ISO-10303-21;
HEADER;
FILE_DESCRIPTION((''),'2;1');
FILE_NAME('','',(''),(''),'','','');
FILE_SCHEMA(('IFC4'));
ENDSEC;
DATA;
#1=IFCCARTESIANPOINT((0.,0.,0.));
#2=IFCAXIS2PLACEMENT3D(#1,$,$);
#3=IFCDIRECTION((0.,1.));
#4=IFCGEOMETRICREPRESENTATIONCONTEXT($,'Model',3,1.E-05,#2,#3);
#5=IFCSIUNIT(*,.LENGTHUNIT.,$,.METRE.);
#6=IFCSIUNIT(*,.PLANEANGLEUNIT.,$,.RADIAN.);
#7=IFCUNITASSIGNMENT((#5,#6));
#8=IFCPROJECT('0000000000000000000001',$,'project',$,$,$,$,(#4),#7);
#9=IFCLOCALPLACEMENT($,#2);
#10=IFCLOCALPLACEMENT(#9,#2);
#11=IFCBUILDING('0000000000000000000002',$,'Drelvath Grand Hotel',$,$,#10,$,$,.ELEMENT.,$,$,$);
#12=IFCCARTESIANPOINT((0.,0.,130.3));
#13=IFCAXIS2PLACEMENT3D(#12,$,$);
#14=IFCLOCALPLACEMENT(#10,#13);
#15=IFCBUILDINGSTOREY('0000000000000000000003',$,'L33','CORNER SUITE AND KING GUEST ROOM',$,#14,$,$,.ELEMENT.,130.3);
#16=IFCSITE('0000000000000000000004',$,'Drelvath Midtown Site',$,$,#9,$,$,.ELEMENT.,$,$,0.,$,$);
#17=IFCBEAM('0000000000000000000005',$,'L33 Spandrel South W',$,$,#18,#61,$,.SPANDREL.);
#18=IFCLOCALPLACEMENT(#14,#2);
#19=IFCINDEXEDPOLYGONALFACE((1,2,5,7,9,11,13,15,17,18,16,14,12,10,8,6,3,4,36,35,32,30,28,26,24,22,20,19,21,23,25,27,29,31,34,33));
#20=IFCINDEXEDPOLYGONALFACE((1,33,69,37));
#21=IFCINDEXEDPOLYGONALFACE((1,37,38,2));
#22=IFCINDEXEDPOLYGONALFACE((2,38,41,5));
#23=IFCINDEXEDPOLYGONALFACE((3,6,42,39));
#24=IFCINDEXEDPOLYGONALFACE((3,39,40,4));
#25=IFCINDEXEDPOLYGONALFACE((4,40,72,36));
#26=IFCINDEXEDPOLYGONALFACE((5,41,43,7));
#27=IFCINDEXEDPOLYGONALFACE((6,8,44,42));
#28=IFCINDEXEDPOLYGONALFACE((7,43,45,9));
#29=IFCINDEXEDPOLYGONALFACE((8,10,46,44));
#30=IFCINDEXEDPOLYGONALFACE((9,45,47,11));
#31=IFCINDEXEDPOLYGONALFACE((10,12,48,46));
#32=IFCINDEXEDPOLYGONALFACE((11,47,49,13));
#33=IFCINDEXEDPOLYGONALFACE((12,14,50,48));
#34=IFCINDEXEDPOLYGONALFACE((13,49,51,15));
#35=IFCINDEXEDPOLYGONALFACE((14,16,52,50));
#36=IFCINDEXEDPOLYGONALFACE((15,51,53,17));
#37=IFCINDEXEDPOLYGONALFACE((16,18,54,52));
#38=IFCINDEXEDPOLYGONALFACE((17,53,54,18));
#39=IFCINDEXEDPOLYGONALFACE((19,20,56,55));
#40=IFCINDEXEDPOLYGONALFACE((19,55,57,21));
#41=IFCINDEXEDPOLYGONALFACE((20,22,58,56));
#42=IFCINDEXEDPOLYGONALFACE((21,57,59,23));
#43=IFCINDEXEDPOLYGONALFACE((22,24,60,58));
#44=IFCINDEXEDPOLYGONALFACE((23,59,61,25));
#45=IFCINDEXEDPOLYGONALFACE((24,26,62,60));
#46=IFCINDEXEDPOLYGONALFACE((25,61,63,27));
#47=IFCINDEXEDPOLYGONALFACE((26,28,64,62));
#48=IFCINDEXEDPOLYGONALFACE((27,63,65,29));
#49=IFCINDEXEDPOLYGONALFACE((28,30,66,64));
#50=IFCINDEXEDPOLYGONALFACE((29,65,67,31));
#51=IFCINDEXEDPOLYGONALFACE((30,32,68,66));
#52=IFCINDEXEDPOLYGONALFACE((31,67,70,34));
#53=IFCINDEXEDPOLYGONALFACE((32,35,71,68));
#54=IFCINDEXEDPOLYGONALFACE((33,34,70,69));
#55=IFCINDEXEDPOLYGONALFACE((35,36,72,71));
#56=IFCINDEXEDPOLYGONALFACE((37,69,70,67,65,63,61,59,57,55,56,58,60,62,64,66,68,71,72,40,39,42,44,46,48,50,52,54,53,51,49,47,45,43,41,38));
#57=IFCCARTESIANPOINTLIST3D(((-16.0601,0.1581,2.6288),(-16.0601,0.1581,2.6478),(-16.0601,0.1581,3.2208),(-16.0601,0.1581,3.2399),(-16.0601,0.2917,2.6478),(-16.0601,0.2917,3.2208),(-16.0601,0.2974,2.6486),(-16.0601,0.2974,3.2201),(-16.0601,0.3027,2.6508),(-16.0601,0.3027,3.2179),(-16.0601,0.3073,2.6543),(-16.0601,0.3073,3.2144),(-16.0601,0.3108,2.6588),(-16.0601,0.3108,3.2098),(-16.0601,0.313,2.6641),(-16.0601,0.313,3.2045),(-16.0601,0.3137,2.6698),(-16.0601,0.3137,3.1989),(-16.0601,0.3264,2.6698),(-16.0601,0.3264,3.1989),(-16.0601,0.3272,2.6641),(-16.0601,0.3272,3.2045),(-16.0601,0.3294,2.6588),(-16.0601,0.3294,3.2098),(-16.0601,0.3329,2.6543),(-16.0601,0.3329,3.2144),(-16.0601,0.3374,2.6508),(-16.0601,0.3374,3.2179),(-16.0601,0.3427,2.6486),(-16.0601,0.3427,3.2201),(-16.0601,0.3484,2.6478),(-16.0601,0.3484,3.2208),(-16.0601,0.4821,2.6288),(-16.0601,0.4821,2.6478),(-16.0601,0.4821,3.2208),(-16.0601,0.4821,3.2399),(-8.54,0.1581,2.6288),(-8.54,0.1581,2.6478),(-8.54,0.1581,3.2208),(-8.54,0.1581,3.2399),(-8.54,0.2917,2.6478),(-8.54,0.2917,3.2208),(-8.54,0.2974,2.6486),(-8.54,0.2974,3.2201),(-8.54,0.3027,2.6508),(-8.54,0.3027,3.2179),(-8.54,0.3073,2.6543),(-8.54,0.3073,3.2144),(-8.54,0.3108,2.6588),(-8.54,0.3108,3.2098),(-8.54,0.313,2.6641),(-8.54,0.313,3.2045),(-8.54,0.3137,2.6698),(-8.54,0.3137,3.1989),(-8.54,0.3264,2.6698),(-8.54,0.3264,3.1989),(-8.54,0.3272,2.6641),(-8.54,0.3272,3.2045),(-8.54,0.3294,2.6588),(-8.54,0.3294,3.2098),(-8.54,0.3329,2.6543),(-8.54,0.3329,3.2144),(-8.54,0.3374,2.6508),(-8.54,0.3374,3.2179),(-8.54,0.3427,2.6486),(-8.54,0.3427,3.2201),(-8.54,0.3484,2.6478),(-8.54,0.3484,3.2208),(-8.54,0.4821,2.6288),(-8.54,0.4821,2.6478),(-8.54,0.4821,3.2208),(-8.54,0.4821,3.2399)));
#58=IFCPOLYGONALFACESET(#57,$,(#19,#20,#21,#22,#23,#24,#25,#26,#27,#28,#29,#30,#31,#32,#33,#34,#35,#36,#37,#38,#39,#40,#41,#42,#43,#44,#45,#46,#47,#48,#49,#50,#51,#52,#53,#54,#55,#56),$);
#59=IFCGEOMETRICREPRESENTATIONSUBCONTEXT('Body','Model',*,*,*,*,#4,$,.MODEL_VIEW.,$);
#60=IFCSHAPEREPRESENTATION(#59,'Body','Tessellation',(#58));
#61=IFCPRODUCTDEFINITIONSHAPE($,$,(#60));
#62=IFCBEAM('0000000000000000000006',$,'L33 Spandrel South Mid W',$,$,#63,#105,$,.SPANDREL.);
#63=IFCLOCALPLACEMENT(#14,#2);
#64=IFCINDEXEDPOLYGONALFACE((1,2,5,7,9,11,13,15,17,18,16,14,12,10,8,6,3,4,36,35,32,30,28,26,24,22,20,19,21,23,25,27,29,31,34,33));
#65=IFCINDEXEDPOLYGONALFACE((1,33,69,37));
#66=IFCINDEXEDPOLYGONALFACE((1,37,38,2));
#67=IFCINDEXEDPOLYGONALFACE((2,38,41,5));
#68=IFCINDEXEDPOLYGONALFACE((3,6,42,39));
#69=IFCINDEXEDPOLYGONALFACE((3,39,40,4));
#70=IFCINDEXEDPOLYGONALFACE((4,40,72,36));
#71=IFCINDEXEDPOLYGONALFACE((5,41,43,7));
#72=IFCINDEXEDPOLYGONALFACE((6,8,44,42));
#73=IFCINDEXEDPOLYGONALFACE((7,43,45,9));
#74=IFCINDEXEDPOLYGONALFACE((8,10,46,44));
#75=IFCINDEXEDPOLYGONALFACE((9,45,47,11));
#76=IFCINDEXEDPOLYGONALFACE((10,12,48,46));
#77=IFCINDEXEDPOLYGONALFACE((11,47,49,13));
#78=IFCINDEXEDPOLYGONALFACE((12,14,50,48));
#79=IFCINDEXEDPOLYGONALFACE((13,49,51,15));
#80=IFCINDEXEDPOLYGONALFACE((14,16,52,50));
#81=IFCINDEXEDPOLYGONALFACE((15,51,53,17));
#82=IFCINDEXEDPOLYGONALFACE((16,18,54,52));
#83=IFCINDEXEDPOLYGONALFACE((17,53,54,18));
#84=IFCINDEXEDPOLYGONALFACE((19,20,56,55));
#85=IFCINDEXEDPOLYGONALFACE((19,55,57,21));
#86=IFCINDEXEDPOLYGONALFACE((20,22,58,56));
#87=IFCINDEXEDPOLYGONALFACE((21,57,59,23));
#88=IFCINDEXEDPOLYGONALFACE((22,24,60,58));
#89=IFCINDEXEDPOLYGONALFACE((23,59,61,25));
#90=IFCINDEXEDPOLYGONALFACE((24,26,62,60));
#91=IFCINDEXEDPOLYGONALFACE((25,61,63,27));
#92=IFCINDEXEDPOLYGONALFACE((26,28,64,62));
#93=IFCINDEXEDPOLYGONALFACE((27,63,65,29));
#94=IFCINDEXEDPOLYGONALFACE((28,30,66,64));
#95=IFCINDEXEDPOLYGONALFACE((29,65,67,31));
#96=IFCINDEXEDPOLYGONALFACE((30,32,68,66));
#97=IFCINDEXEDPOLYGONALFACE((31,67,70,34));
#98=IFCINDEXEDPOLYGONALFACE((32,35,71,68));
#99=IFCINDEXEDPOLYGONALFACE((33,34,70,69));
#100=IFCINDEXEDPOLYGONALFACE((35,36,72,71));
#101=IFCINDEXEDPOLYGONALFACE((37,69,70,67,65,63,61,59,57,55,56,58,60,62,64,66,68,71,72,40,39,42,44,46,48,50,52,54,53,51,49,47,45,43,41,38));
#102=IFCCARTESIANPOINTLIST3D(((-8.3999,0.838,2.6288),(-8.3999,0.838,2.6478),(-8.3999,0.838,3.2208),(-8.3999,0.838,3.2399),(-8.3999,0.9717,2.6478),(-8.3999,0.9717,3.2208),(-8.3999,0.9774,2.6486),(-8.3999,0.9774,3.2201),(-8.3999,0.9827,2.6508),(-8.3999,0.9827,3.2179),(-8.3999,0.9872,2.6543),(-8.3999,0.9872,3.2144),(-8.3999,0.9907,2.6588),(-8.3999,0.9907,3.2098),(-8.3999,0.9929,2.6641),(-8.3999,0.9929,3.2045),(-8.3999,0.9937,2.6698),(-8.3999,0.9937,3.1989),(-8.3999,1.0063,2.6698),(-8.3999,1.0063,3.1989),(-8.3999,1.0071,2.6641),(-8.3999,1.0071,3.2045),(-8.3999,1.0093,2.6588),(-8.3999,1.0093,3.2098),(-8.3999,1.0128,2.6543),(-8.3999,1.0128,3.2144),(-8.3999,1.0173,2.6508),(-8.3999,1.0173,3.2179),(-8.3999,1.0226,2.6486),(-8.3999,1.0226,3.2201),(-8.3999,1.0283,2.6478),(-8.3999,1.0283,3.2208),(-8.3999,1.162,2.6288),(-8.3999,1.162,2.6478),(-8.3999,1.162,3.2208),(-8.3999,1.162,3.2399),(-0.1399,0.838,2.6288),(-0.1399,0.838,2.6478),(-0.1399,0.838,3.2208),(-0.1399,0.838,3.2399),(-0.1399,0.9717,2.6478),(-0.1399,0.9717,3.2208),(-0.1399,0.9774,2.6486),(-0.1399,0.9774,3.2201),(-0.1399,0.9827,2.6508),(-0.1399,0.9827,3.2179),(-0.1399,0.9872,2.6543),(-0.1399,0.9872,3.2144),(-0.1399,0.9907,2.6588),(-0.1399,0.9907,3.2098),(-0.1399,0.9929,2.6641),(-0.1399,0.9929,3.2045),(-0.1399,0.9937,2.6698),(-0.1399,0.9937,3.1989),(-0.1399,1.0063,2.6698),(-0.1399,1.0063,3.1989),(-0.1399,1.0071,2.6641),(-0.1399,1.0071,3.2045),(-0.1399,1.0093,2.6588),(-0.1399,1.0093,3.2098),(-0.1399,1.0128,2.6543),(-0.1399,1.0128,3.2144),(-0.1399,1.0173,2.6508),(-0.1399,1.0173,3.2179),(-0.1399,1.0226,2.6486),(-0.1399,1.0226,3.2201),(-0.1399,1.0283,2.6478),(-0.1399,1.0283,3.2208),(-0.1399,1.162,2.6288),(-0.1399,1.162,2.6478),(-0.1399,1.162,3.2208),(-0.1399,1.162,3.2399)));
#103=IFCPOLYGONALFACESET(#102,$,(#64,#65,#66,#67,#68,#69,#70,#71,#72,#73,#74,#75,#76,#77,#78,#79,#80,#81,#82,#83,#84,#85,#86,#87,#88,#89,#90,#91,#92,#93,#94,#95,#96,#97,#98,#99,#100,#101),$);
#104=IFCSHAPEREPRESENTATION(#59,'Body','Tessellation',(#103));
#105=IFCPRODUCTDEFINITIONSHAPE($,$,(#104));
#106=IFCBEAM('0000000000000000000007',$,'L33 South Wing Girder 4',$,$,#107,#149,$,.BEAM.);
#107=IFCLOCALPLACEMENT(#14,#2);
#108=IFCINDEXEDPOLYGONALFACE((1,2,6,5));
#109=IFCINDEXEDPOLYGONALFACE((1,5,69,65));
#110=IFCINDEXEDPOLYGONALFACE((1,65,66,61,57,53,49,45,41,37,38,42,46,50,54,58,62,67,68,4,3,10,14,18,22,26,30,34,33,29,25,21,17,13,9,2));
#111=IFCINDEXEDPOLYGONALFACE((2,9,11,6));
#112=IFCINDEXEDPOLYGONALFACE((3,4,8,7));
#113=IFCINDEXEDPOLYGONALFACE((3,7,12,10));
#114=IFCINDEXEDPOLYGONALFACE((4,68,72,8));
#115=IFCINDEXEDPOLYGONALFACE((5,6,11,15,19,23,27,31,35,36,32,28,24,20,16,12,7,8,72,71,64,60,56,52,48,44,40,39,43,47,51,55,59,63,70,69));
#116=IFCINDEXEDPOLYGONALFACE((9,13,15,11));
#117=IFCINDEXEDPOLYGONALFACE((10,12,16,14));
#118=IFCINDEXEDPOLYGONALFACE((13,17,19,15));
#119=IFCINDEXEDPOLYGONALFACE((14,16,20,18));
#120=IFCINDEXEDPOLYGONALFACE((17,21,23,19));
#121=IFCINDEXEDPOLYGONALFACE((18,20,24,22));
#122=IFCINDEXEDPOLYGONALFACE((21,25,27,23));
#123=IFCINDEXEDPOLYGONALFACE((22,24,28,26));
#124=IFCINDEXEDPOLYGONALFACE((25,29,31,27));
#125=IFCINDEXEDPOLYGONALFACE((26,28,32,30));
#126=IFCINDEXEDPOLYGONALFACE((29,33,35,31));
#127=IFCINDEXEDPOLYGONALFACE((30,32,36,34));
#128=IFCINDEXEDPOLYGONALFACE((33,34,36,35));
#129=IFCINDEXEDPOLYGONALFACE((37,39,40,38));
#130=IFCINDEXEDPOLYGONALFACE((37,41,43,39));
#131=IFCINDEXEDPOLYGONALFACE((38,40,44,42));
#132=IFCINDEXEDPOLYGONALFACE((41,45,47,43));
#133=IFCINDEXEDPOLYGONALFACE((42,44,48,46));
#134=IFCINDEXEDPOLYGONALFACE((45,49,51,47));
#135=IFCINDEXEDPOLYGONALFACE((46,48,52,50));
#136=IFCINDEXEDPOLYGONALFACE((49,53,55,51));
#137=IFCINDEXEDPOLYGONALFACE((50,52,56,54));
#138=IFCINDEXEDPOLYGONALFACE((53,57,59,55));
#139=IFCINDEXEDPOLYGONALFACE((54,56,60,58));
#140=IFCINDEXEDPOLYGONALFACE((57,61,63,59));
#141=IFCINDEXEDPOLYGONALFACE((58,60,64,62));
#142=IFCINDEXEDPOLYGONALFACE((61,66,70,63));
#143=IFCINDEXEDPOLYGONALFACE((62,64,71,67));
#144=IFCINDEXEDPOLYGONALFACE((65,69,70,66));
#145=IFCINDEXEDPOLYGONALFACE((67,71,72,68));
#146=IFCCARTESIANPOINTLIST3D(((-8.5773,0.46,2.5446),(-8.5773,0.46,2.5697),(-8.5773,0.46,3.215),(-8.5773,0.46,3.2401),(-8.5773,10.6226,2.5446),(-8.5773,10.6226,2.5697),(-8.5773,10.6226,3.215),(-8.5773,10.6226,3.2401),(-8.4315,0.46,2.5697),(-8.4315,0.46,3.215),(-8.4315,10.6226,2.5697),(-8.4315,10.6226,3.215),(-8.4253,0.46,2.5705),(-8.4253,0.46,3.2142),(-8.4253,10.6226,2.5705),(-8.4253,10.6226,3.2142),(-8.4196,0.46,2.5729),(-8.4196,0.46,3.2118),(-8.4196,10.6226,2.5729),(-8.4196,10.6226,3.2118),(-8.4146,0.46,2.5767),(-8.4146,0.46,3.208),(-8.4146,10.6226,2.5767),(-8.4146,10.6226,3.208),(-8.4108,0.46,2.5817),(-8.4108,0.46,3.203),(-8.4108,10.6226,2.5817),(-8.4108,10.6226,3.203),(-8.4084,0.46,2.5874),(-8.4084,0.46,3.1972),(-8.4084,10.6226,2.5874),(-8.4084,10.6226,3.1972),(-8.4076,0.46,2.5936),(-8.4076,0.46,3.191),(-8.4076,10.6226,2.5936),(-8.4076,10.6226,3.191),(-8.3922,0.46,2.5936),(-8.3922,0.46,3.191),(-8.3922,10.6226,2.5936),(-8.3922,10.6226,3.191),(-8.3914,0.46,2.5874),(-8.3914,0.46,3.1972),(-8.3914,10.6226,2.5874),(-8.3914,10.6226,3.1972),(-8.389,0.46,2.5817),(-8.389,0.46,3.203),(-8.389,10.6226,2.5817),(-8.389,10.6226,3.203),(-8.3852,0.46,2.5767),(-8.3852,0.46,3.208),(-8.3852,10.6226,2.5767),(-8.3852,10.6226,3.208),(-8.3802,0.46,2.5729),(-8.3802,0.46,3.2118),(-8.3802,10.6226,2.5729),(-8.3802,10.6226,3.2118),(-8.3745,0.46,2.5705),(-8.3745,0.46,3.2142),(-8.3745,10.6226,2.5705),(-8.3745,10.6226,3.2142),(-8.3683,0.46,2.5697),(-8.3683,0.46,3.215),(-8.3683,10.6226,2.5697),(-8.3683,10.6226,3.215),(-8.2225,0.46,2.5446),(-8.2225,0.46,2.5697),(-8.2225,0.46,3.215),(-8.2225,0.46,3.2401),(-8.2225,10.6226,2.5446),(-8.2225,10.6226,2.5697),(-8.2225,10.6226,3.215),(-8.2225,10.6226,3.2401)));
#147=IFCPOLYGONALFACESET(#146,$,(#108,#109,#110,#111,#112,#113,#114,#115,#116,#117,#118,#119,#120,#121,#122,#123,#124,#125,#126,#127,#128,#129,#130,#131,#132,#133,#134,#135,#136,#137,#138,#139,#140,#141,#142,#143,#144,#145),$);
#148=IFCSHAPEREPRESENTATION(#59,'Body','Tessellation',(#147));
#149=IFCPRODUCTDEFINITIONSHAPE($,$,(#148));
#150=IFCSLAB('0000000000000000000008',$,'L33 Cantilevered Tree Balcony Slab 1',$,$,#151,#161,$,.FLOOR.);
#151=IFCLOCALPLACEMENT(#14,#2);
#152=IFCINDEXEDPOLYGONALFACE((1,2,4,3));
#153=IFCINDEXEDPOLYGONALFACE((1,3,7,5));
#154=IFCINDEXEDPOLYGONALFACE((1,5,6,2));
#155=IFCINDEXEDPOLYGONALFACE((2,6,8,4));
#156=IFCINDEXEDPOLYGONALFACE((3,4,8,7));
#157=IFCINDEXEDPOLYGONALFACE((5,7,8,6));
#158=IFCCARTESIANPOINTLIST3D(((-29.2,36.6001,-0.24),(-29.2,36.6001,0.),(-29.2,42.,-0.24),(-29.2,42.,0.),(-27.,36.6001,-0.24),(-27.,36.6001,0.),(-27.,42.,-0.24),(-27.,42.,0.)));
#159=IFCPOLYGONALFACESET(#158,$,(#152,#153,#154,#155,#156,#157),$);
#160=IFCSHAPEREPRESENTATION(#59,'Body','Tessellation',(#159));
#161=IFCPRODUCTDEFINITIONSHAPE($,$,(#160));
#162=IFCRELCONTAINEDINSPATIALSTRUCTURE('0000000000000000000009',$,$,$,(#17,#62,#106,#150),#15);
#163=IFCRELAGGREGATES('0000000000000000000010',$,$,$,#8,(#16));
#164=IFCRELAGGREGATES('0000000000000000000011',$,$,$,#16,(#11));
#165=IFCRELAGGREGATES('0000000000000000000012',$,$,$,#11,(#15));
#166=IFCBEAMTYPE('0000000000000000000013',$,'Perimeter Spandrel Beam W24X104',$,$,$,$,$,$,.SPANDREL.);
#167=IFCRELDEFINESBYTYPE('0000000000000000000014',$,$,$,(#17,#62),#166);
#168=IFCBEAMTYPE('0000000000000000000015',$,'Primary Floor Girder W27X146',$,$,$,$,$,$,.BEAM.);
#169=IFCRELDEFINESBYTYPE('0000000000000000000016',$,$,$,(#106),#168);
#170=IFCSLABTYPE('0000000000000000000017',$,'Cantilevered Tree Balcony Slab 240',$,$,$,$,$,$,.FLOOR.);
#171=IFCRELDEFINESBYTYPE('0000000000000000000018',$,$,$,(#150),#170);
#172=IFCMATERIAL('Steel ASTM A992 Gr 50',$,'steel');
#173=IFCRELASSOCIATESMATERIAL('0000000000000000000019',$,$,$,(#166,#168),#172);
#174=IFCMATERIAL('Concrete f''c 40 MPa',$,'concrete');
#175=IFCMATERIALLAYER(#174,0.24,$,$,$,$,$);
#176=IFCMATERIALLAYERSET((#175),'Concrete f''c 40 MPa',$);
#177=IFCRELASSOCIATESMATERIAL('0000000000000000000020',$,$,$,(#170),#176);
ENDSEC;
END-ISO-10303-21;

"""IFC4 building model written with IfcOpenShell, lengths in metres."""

from ifc_helpers import new_model, si_unit, direction, frame, origin, origin_2d, place, context, subcontext, project, spatial, polyline, i_section, outline, extrude, material, layer, layer_set, material_profile, profile_set, type_object, element, save


model = new_model("IFC4")

# Units and contexts
model_context = context("Model", 3, precision=1e-05, world=origin(), true_north=direction((0.0, 1.0)))
body_context = subcontext(model_context, "Body", "Model", "MODEL_VIEW")
ifc_project = project(units=[si_unit("LENGTHUNIT", "METRE"), si_unit("PLANEANGLEUNIT", "RADIAN")], contexts=[model_context])

# Site, building, storey
site_placement = place(None, origin())
site = spatial("IfcSite", under=ifc_project, at=site_placement, Name="Drelvath Midtown Site", CompositionType="ELEMENT", RefElevation=0.0)
building_placement = place(site_placement, origin())
building = spatial("IfcBuilding", under=site, at=building_placement, Name="Drelvath Grand Hotel", CompositionType="ELEMENT")
storey_placement = place(building_placement, frame((0.0, 0.0, 130.3)))
storey = spatial("IfcBuildingStorey", under=building, at=storey_placement, Name="L33", Description="CORNER SUITE AND KING GUEST ROOM", CompositionType="ELEMENT", Elevation=130.3)

# Beams
ifc_material_1 = material(Name="Steel ASTM A992 Gr 50", Category="steel")
ifc_material_profile_1 = material_profile(ifc_material_1, i_section(OverallWidth=0.324, OverallDepth=0.6111, WebThickness=0.0127, FlangeThickness=0.019, FilletRadius=0.022, at=origin_2d()), Name="W24X104")
ifc_profile_set_1 = profile_set([ifc_material_profile_1], Name="Steel ASTM A992 Gr 50")
beam_type_1 = type_object("IfcBeamType", Name="Perimeter Spandrel Beam W24X104", PredefinedType="SPANDREL", material=ifc_profile_set_1)
beam_1_placement = place(storey_placement, frame((-16.0601, 0.3201, 2.9343), z_axis=(1.0, 0.0, 0.0), x_axis=(0.0, 1.0, 0.0)))
element("IfcBeam", 1, at=beam_1_placement, inside=storey, type_object=beam_type_1, Name="L33 Spandrel South W", PredefinedType="SPANDREL", context=body_context, shape_type="SweptSolid", body=[
    extrude(i_section(OverallWidth=0.324, OverallDepth=0.6111, WebThickness=0.0127, FlangeThickness=0.019, FilletRadius=0.022, at=origin_2d()), origin(), (0.0, 0.0, 1.0), 7.52),
])
beam_2_placement = place(storey_placement, frame((-8.3999, 1.0, 2.9343), z_axis=(1.0, 0.0, 0.0), x_axis=(0.0, 1.0, 0.0)))
element("IfcBeam", 2, at=beam_2_placement, inside=storey, type_object=beam_type_1, Name="L33 Spandrel South Mid W", PredefinedType="SPANDREL", context=body_context, shape_type="SweptSolid", body=[
    extrude(i_section(OverallWidth=0.324, OverallDepth=0.6111, WebThickness=0.0127, FlangeThickness=0.019, FilletRadius=0.022, at=origin_2d()), origin(), (0.0, 0.0, 1.0), 8.26),
])
ifc_material_profile_2 = material_profile(ifc_material_1, i_section(OverallWidth=0.3547, OverallDepth=0.6956, WebThickness=0.0154, FlangeThickness=0.0251, FilletRadius=0.0239, at=origin_2d()), Name="W27X146")
ifc_profile_set_2 = profile_set([ifc_material_profile_2], Name="Steel ASTM A992 Gr 50")
beam_type_2 = type_object("IfcBeamType", Name="Primary Floor Girder W27X146", PredefinedType="BEAM", material=ifc_profile_set_2)
beam_3_placement = place(storey_placement, frame((-8.3999, 0.46, 2.8923), z_axis=(0.0, 1.0, 0.0), x_axis=(-1.0, 0.0, 0.0)))
element("IfcBeam", 3, at=beam_3_placement, inside=storey, type_object=beam_type_2, Name="L33 South Wing Girder 4", PredefinedType="BEAM", context=body_context, shape_type="SweptSolid", body=[
    extrude(i_section(OverallWidth=0.3547, OverallDepth=0.6956, WebThickness=0.0154, FlangeThickness=0.0251, FilletRadius=0.0239, at=origin_2d()), origin(), (0.0, 0.0, 1.0), 10.1626),
])

# Slab
ifc_material_2 = material(Name="Concrete f'c 40 MPa", Category="concrete")
ifc_layer_1 = layer(ifc_material_2, 0.24)
ifc_layer_set_1 = layer_set([ifc_layer_1], Name="Concrete f'c 40 MPa")
slab_type_1 = type_object("IfcSlabType", Name="Cantilevered Tree Balcony Slab 240", PredefinedType="FLOOR", material=ifc_layer_set_1)
slab_1_placement = place(storey_placement, frame((0.0, 0.0, -0.24)))
element("IfcSlab", 4, at=slab_1_placement, inside=storey, type_object=slab_type_1, Name="L33 Cantilevered Tree Balcony Slab 1", PredefinedType="FLOOR", context=body_context, shape_type="SweptSolid", body=[
    extrude(outline(polyline([(-29.2, 36.6001), (-27.0, 36.6001), (-27.0, 42.0), (-29.2, 42.0), (-29.2, 36.6001)])), origin(), (0.0, 0.0, 1.0), 0.24),
])

save(model, "model.ifc")
